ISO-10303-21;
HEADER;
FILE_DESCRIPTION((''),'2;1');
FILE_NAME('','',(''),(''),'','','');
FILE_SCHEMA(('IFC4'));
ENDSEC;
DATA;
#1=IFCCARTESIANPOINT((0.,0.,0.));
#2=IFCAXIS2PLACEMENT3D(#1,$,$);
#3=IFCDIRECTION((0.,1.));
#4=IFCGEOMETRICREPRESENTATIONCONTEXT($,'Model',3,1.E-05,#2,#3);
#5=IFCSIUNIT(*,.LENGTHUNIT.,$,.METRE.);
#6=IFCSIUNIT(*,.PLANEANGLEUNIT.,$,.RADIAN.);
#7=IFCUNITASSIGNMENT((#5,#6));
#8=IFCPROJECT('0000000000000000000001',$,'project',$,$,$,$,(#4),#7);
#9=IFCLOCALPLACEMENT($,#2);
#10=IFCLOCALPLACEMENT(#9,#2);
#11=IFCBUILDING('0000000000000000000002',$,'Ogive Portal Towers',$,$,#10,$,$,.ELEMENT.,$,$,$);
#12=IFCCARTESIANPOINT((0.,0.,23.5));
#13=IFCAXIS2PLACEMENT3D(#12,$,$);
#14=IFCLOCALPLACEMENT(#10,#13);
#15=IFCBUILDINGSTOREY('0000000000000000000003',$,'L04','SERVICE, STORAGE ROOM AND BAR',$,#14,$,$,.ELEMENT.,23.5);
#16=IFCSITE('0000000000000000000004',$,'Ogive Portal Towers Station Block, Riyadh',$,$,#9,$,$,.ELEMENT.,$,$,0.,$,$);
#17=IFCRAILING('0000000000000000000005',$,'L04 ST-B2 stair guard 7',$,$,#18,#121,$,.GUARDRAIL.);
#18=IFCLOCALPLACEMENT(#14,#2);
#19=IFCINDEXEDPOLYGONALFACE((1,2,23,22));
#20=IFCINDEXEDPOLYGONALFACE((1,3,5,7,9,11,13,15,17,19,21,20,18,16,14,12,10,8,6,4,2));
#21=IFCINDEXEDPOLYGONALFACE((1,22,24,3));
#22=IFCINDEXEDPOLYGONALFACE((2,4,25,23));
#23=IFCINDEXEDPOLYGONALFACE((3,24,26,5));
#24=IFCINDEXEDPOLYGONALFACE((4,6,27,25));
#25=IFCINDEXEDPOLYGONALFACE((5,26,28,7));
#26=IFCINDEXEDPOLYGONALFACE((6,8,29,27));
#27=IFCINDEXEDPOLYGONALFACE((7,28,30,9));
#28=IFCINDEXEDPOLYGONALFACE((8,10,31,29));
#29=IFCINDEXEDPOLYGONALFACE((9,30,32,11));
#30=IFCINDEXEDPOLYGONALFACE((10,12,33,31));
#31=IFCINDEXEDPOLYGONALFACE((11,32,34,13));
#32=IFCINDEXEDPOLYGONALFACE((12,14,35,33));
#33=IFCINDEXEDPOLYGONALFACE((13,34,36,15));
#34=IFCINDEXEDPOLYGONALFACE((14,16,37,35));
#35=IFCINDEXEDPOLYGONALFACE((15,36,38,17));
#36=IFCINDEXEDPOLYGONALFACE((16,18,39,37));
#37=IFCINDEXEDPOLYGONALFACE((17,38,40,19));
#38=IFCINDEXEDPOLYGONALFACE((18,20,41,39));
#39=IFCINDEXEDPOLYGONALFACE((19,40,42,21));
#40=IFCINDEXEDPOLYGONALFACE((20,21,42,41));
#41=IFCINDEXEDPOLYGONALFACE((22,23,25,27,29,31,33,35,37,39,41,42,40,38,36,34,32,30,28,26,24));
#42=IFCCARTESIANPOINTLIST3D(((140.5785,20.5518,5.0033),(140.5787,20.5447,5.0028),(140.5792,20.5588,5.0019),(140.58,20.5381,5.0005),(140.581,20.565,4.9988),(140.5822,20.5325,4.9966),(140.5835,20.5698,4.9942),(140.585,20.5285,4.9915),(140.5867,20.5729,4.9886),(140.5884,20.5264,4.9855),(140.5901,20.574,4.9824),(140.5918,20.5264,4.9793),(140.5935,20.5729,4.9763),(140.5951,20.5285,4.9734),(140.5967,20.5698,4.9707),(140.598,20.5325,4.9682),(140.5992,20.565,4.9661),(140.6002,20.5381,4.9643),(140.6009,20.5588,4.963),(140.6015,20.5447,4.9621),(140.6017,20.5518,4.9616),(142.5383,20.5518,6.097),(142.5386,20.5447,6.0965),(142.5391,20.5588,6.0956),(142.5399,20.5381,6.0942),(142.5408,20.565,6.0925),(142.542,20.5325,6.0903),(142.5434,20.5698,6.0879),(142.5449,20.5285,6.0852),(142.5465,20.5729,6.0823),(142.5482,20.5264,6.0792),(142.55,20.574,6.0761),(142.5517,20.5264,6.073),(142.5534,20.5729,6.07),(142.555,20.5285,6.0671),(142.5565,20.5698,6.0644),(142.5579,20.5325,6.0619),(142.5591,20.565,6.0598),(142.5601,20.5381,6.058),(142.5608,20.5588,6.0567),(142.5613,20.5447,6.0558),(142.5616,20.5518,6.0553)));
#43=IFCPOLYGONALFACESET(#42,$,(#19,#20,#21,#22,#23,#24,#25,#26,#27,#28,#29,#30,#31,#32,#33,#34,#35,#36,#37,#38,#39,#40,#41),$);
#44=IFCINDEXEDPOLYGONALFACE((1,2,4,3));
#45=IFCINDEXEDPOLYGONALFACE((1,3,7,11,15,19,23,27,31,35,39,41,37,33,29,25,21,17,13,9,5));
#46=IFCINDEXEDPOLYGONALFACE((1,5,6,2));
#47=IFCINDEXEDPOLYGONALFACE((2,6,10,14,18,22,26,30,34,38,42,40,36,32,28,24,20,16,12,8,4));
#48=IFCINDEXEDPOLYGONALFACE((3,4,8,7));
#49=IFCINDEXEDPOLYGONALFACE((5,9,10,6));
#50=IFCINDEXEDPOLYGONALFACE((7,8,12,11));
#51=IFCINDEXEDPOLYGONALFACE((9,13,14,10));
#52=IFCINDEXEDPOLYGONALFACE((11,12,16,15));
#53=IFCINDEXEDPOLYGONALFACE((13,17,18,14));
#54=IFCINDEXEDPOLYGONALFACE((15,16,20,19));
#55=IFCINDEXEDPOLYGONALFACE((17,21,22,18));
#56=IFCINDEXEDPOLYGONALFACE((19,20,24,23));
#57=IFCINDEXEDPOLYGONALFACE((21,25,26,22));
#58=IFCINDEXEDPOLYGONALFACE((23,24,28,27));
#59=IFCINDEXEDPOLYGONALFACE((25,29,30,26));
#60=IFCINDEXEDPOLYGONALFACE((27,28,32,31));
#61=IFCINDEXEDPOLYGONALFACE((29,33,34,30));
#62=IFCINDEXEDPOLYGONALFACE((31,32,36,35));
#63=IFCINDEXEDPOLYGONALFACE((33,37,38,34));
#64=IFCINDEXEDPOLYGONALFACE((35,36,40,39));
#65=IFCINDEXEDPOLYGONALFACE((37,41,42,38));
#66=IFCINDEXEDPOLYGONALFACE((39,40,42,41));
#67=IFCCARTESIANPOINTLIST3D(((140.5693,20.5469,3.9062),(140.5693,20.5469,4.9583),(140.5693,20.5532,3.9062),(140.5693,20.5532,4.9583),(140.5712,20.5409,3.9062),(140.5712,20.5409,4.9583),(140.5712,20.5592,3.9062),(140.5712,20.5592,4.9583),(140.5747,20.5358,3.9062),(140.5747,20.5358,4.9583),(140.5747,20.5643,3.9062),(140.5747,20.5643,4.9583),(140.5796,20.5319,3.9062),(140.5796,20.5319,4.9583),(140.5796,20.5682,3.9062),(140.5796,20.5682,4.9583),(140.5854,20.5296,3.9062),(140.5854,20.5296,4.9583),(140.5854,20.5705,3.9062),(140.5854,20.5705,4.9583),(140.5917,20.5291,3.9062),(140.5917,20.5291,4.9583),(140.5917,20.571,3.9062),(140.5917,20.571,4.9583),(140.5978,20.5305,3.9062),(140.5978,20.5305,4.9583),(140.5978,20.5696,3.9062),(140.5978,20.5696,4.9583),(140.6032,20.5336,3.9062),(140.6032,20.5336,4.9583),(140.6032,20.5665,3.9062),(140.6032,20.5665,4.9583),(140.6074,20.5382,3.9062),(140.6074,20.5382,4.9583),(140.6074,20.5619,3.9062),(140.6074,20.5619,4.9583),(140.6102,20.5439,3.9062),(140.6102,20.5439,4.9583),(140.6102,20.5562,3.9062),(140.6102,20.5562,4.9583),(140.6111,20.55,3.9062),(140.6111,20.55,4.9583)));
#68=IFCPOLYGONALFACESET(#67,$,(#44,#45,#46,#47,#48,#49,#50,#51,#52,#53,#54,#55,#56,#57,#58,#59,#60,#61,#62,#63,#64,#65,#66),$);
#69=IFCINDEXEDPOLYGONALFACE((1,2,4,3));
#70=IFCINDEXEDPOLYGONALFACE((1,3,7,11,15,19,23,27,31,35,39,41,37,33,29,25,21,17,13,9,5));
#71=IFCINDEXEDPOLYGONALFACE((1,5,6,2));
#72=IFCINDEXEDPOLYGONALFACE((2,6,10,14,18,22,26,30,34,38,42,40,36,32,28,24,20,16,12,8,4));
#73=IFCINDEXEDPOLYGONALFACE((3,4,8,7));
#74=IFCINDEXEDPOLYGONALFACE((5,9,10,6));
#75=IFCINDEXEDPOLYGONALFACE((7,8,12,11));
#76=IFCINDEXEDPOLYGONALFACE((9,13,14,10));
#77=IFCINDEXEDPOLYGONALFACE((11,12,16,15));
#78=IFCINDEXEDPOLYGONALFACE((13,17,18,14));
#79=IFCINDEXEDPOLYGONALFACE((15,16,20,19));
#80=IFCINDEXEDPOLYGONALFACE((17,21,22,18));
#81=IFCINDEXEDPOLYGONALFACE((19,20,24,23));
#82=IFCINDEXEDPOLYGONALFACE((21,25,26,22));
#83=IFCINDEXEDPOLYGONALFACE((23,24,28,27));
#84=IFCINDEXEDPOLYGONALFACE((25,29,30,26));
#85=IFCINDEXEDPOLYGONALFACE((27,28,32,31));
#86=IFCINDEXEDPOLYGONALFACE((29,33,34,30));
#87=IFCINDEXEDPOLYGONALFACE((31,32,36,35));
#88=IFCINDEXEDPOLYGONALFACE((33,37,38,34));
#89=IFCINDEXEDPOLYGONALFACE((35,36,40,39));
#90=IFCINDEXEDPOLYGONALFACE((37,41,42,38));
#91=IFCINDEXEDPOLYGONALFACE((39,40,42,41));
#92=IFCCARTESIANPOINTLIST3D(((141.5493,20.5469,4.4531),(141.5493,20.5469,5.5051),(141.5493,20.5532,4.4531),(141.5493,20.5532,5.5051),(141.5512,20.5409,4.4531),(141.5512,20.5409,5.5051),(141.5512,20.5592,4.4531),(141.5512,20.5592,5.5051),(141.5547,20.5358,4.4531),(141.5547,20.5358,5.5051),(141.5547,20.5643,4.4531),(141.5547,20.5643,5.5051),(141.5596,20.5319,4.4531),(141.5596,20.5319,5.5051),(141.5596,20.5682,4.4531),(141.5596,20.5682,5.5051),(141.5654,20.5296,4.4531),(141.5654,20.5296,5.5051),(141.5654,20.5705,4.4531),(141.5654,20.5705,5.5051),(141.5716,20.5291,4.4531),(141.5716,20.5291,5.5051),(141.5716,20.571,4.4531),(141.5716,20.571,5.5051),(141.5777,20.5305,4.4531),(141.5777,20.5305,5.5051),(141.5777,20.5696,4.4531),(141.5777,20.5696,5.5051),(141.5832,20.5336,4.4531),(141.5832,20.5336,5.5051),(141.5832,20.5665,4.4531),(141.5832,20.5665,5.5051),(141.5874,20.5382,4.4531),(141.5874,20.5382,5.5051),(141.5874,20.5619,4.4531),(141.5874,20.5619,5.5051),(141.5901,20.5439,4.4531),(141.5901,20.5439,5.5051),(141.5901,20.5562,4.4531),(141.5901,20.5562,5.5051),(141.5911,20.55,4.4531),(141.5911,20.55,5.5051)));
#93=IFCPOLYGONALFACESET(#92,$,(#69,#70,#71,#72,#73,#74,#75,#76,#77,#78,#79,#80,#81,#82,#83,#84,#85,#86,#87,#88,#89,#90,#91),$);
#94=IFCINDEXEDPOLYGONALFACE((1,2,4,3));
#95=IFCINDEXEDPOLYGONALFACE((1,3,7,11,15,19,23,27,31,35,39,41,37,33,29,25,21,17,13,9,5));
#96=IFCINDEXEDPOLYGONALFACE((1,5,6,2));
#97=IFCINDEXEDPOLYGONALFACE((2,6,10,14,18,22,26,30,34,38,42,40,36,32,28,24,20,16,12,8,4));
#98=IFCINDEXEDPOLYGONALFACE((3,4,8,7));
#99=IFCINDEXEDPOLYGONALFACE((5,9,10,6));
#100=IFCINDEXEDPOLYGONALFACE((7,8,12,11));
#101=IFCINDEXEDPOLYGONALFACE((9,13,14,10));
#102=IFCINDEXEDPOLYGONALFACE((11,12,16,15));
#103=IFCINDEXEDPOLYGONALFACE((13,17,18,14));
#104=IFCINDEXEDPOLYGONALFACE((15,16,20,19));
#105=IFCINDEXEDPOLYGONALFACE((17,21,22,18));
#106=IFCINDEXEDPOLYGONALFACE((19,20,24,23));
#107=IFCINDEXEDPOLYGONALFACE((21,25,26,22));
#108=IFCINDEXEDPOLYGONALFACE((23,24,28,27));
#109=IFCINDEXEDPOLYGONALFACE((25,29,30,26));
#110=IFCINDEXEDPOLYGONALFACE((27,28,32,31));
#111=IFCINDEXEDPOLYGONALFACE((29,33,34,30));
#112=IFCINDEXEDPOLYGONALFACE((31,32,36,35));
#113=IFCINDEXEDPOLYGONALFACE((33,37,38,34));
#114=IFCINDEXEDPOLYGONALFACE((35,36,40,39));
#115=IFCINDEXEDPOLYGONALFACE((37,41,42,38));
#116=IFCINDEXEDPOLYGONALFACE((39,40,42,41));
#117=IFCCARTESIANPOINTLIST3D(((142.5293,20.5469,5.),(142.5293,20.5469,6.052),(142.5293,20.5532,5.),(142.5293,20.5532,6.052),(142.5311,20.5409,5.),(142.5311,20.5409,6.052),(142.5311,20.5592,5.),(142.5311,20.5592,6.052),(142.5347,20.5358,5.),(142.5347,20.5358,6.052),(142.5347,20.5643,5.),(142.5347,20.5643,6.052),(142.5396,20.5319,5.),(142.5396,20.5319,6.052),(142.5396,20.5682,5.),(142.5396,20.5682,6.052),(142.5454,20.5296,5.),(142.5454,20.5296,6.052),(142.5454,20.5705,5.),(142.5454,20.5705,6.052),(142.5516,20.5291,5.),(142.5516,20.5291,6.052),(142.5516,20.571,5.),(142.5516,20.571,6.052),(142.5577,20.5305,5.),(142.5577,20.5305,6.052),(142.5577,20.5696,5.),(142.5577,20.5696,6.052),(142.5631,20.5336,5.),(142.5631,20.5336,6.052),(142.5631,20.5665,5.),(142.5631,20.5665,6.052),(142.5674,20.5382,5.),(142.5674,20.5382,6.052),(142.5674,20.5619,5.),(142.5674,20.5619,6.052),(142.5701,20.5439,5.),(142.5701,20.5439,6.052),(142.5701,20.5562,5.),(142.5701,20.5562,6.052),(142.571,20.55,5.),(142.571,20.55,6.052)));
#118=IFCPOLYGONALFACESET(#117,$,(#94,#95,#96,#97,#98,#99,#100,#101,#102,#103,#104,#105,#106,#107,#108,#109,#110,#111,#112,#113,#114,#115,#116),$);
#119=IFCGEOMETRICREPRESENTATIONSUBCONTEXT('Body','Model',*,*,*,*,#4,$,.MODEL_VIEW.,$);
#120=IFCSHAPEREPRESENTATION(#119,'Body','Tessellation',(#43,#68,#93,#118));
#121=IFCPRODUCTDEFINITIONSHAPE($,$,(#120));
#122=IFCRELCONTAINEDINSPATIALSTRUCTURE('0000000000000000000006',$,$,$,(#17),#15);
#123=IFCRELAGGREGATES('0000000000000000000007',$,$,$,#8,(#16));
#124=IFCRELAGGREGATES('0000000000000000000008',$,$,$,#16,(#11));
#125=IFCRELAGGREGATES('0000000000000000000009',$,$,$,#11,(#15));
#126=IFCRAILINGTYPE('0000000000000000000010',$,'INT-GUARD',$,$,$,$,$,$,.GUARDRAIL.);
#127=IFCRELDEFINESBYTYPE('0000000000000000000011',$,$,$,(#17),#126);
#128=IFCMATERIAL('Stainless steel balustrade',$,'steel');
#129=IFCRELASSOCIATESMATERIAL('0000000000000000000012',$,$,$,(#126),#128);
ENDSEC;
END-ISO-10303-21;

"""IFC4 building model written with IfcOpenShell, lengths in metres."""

from ifc_helpers import new_model, si_unit, direction, frame, origin, origin_2d, place, context, subcontext, project, spatial, circle, extrude, material, type_object, element, save


model = new_model("IFC4")

# Units and contexts
model_context = context("Model", 3, precision=1e-05, world=origin(), true_north=direction((0.0, 1.0)))
body_context = subcontext(model_context, "Body", "Model", "MODEL_VIEW")
ifc_project = project(units=[si_unit("LENGTHUNIT", "METRE"), si_unit("PLANEANGLEUNIT", "RADIAN")], contexts=[model_context])

# Site, building, storey
site_placement = place(None, origin())
site = spatial("IfcSite", under=ifc_project, at=site_placement, Name="Ogive Portal Towers Station Block, Riyadh", CompositionType="ELEMENT", RefElevation=0.0)
building_placement = place(site_placement, origin())
building = spatial("IfcBuilding", under=site, at=building_placement, Name="Ogive Portal Towers", CompositionType="ELEMENT")
storey_placement = place(building_placement, frame((0.0, 0.0, 23.5)))
storey = spatial("IfcBuildingStorey", under=building, at=storey_placement, Name="L04", Description="SERVICE, STORAGE ROOM AND BAR", CompositionType="ELEMENT", Elevation=23.5)

# Railing
ifc_material_1 = material(Name="Stainless steel balustrade", Category="steel")
railing_type_1 = type_object("IfcRailingType", Name="INT-GUARD", PredefinedType="GUARDRAIL", material=ifc_material_1)
railing_1_placement = place(storey_placement, frame((140.5901, 20.55, 3.9062)))
element("IfcRailing", 1, at=railing_1_placement, inside=storey, type_object=railing_type_1, Name="L04 ST-B2 stair guard 7", PredefinedType="GUARDRAIL", context=body_context, shape_type="SweptSolid", body=[
    extrude(circle(Radius=0.0239, at=origin_2d()), frame((0.0, 0.0, 1.0762), z_axis=(0.873232, 0.0, 0.487304), x_axis=(0.0, 1.0, 0.0)), (0.0, 0.0, 1.0), 2.2444),
    extrude(circle(Radius=0.021, at=origin_2d()), origin(), (0.0, 0.0, 1.0), 1.052),
    extrude(circle(Radius=0.021, at=origin_2d()), frame((0.98, 0.0, 0.5469)), (0.0, 0.0, 1.0), 1.052),
    extrude(circle(Radius=0.021, at=origin_2d()), frame((1.96, 0.0, 1.0938)), (0.0, 0.0, 1.0), 1.052),
])

save(model, "model.ifc")
